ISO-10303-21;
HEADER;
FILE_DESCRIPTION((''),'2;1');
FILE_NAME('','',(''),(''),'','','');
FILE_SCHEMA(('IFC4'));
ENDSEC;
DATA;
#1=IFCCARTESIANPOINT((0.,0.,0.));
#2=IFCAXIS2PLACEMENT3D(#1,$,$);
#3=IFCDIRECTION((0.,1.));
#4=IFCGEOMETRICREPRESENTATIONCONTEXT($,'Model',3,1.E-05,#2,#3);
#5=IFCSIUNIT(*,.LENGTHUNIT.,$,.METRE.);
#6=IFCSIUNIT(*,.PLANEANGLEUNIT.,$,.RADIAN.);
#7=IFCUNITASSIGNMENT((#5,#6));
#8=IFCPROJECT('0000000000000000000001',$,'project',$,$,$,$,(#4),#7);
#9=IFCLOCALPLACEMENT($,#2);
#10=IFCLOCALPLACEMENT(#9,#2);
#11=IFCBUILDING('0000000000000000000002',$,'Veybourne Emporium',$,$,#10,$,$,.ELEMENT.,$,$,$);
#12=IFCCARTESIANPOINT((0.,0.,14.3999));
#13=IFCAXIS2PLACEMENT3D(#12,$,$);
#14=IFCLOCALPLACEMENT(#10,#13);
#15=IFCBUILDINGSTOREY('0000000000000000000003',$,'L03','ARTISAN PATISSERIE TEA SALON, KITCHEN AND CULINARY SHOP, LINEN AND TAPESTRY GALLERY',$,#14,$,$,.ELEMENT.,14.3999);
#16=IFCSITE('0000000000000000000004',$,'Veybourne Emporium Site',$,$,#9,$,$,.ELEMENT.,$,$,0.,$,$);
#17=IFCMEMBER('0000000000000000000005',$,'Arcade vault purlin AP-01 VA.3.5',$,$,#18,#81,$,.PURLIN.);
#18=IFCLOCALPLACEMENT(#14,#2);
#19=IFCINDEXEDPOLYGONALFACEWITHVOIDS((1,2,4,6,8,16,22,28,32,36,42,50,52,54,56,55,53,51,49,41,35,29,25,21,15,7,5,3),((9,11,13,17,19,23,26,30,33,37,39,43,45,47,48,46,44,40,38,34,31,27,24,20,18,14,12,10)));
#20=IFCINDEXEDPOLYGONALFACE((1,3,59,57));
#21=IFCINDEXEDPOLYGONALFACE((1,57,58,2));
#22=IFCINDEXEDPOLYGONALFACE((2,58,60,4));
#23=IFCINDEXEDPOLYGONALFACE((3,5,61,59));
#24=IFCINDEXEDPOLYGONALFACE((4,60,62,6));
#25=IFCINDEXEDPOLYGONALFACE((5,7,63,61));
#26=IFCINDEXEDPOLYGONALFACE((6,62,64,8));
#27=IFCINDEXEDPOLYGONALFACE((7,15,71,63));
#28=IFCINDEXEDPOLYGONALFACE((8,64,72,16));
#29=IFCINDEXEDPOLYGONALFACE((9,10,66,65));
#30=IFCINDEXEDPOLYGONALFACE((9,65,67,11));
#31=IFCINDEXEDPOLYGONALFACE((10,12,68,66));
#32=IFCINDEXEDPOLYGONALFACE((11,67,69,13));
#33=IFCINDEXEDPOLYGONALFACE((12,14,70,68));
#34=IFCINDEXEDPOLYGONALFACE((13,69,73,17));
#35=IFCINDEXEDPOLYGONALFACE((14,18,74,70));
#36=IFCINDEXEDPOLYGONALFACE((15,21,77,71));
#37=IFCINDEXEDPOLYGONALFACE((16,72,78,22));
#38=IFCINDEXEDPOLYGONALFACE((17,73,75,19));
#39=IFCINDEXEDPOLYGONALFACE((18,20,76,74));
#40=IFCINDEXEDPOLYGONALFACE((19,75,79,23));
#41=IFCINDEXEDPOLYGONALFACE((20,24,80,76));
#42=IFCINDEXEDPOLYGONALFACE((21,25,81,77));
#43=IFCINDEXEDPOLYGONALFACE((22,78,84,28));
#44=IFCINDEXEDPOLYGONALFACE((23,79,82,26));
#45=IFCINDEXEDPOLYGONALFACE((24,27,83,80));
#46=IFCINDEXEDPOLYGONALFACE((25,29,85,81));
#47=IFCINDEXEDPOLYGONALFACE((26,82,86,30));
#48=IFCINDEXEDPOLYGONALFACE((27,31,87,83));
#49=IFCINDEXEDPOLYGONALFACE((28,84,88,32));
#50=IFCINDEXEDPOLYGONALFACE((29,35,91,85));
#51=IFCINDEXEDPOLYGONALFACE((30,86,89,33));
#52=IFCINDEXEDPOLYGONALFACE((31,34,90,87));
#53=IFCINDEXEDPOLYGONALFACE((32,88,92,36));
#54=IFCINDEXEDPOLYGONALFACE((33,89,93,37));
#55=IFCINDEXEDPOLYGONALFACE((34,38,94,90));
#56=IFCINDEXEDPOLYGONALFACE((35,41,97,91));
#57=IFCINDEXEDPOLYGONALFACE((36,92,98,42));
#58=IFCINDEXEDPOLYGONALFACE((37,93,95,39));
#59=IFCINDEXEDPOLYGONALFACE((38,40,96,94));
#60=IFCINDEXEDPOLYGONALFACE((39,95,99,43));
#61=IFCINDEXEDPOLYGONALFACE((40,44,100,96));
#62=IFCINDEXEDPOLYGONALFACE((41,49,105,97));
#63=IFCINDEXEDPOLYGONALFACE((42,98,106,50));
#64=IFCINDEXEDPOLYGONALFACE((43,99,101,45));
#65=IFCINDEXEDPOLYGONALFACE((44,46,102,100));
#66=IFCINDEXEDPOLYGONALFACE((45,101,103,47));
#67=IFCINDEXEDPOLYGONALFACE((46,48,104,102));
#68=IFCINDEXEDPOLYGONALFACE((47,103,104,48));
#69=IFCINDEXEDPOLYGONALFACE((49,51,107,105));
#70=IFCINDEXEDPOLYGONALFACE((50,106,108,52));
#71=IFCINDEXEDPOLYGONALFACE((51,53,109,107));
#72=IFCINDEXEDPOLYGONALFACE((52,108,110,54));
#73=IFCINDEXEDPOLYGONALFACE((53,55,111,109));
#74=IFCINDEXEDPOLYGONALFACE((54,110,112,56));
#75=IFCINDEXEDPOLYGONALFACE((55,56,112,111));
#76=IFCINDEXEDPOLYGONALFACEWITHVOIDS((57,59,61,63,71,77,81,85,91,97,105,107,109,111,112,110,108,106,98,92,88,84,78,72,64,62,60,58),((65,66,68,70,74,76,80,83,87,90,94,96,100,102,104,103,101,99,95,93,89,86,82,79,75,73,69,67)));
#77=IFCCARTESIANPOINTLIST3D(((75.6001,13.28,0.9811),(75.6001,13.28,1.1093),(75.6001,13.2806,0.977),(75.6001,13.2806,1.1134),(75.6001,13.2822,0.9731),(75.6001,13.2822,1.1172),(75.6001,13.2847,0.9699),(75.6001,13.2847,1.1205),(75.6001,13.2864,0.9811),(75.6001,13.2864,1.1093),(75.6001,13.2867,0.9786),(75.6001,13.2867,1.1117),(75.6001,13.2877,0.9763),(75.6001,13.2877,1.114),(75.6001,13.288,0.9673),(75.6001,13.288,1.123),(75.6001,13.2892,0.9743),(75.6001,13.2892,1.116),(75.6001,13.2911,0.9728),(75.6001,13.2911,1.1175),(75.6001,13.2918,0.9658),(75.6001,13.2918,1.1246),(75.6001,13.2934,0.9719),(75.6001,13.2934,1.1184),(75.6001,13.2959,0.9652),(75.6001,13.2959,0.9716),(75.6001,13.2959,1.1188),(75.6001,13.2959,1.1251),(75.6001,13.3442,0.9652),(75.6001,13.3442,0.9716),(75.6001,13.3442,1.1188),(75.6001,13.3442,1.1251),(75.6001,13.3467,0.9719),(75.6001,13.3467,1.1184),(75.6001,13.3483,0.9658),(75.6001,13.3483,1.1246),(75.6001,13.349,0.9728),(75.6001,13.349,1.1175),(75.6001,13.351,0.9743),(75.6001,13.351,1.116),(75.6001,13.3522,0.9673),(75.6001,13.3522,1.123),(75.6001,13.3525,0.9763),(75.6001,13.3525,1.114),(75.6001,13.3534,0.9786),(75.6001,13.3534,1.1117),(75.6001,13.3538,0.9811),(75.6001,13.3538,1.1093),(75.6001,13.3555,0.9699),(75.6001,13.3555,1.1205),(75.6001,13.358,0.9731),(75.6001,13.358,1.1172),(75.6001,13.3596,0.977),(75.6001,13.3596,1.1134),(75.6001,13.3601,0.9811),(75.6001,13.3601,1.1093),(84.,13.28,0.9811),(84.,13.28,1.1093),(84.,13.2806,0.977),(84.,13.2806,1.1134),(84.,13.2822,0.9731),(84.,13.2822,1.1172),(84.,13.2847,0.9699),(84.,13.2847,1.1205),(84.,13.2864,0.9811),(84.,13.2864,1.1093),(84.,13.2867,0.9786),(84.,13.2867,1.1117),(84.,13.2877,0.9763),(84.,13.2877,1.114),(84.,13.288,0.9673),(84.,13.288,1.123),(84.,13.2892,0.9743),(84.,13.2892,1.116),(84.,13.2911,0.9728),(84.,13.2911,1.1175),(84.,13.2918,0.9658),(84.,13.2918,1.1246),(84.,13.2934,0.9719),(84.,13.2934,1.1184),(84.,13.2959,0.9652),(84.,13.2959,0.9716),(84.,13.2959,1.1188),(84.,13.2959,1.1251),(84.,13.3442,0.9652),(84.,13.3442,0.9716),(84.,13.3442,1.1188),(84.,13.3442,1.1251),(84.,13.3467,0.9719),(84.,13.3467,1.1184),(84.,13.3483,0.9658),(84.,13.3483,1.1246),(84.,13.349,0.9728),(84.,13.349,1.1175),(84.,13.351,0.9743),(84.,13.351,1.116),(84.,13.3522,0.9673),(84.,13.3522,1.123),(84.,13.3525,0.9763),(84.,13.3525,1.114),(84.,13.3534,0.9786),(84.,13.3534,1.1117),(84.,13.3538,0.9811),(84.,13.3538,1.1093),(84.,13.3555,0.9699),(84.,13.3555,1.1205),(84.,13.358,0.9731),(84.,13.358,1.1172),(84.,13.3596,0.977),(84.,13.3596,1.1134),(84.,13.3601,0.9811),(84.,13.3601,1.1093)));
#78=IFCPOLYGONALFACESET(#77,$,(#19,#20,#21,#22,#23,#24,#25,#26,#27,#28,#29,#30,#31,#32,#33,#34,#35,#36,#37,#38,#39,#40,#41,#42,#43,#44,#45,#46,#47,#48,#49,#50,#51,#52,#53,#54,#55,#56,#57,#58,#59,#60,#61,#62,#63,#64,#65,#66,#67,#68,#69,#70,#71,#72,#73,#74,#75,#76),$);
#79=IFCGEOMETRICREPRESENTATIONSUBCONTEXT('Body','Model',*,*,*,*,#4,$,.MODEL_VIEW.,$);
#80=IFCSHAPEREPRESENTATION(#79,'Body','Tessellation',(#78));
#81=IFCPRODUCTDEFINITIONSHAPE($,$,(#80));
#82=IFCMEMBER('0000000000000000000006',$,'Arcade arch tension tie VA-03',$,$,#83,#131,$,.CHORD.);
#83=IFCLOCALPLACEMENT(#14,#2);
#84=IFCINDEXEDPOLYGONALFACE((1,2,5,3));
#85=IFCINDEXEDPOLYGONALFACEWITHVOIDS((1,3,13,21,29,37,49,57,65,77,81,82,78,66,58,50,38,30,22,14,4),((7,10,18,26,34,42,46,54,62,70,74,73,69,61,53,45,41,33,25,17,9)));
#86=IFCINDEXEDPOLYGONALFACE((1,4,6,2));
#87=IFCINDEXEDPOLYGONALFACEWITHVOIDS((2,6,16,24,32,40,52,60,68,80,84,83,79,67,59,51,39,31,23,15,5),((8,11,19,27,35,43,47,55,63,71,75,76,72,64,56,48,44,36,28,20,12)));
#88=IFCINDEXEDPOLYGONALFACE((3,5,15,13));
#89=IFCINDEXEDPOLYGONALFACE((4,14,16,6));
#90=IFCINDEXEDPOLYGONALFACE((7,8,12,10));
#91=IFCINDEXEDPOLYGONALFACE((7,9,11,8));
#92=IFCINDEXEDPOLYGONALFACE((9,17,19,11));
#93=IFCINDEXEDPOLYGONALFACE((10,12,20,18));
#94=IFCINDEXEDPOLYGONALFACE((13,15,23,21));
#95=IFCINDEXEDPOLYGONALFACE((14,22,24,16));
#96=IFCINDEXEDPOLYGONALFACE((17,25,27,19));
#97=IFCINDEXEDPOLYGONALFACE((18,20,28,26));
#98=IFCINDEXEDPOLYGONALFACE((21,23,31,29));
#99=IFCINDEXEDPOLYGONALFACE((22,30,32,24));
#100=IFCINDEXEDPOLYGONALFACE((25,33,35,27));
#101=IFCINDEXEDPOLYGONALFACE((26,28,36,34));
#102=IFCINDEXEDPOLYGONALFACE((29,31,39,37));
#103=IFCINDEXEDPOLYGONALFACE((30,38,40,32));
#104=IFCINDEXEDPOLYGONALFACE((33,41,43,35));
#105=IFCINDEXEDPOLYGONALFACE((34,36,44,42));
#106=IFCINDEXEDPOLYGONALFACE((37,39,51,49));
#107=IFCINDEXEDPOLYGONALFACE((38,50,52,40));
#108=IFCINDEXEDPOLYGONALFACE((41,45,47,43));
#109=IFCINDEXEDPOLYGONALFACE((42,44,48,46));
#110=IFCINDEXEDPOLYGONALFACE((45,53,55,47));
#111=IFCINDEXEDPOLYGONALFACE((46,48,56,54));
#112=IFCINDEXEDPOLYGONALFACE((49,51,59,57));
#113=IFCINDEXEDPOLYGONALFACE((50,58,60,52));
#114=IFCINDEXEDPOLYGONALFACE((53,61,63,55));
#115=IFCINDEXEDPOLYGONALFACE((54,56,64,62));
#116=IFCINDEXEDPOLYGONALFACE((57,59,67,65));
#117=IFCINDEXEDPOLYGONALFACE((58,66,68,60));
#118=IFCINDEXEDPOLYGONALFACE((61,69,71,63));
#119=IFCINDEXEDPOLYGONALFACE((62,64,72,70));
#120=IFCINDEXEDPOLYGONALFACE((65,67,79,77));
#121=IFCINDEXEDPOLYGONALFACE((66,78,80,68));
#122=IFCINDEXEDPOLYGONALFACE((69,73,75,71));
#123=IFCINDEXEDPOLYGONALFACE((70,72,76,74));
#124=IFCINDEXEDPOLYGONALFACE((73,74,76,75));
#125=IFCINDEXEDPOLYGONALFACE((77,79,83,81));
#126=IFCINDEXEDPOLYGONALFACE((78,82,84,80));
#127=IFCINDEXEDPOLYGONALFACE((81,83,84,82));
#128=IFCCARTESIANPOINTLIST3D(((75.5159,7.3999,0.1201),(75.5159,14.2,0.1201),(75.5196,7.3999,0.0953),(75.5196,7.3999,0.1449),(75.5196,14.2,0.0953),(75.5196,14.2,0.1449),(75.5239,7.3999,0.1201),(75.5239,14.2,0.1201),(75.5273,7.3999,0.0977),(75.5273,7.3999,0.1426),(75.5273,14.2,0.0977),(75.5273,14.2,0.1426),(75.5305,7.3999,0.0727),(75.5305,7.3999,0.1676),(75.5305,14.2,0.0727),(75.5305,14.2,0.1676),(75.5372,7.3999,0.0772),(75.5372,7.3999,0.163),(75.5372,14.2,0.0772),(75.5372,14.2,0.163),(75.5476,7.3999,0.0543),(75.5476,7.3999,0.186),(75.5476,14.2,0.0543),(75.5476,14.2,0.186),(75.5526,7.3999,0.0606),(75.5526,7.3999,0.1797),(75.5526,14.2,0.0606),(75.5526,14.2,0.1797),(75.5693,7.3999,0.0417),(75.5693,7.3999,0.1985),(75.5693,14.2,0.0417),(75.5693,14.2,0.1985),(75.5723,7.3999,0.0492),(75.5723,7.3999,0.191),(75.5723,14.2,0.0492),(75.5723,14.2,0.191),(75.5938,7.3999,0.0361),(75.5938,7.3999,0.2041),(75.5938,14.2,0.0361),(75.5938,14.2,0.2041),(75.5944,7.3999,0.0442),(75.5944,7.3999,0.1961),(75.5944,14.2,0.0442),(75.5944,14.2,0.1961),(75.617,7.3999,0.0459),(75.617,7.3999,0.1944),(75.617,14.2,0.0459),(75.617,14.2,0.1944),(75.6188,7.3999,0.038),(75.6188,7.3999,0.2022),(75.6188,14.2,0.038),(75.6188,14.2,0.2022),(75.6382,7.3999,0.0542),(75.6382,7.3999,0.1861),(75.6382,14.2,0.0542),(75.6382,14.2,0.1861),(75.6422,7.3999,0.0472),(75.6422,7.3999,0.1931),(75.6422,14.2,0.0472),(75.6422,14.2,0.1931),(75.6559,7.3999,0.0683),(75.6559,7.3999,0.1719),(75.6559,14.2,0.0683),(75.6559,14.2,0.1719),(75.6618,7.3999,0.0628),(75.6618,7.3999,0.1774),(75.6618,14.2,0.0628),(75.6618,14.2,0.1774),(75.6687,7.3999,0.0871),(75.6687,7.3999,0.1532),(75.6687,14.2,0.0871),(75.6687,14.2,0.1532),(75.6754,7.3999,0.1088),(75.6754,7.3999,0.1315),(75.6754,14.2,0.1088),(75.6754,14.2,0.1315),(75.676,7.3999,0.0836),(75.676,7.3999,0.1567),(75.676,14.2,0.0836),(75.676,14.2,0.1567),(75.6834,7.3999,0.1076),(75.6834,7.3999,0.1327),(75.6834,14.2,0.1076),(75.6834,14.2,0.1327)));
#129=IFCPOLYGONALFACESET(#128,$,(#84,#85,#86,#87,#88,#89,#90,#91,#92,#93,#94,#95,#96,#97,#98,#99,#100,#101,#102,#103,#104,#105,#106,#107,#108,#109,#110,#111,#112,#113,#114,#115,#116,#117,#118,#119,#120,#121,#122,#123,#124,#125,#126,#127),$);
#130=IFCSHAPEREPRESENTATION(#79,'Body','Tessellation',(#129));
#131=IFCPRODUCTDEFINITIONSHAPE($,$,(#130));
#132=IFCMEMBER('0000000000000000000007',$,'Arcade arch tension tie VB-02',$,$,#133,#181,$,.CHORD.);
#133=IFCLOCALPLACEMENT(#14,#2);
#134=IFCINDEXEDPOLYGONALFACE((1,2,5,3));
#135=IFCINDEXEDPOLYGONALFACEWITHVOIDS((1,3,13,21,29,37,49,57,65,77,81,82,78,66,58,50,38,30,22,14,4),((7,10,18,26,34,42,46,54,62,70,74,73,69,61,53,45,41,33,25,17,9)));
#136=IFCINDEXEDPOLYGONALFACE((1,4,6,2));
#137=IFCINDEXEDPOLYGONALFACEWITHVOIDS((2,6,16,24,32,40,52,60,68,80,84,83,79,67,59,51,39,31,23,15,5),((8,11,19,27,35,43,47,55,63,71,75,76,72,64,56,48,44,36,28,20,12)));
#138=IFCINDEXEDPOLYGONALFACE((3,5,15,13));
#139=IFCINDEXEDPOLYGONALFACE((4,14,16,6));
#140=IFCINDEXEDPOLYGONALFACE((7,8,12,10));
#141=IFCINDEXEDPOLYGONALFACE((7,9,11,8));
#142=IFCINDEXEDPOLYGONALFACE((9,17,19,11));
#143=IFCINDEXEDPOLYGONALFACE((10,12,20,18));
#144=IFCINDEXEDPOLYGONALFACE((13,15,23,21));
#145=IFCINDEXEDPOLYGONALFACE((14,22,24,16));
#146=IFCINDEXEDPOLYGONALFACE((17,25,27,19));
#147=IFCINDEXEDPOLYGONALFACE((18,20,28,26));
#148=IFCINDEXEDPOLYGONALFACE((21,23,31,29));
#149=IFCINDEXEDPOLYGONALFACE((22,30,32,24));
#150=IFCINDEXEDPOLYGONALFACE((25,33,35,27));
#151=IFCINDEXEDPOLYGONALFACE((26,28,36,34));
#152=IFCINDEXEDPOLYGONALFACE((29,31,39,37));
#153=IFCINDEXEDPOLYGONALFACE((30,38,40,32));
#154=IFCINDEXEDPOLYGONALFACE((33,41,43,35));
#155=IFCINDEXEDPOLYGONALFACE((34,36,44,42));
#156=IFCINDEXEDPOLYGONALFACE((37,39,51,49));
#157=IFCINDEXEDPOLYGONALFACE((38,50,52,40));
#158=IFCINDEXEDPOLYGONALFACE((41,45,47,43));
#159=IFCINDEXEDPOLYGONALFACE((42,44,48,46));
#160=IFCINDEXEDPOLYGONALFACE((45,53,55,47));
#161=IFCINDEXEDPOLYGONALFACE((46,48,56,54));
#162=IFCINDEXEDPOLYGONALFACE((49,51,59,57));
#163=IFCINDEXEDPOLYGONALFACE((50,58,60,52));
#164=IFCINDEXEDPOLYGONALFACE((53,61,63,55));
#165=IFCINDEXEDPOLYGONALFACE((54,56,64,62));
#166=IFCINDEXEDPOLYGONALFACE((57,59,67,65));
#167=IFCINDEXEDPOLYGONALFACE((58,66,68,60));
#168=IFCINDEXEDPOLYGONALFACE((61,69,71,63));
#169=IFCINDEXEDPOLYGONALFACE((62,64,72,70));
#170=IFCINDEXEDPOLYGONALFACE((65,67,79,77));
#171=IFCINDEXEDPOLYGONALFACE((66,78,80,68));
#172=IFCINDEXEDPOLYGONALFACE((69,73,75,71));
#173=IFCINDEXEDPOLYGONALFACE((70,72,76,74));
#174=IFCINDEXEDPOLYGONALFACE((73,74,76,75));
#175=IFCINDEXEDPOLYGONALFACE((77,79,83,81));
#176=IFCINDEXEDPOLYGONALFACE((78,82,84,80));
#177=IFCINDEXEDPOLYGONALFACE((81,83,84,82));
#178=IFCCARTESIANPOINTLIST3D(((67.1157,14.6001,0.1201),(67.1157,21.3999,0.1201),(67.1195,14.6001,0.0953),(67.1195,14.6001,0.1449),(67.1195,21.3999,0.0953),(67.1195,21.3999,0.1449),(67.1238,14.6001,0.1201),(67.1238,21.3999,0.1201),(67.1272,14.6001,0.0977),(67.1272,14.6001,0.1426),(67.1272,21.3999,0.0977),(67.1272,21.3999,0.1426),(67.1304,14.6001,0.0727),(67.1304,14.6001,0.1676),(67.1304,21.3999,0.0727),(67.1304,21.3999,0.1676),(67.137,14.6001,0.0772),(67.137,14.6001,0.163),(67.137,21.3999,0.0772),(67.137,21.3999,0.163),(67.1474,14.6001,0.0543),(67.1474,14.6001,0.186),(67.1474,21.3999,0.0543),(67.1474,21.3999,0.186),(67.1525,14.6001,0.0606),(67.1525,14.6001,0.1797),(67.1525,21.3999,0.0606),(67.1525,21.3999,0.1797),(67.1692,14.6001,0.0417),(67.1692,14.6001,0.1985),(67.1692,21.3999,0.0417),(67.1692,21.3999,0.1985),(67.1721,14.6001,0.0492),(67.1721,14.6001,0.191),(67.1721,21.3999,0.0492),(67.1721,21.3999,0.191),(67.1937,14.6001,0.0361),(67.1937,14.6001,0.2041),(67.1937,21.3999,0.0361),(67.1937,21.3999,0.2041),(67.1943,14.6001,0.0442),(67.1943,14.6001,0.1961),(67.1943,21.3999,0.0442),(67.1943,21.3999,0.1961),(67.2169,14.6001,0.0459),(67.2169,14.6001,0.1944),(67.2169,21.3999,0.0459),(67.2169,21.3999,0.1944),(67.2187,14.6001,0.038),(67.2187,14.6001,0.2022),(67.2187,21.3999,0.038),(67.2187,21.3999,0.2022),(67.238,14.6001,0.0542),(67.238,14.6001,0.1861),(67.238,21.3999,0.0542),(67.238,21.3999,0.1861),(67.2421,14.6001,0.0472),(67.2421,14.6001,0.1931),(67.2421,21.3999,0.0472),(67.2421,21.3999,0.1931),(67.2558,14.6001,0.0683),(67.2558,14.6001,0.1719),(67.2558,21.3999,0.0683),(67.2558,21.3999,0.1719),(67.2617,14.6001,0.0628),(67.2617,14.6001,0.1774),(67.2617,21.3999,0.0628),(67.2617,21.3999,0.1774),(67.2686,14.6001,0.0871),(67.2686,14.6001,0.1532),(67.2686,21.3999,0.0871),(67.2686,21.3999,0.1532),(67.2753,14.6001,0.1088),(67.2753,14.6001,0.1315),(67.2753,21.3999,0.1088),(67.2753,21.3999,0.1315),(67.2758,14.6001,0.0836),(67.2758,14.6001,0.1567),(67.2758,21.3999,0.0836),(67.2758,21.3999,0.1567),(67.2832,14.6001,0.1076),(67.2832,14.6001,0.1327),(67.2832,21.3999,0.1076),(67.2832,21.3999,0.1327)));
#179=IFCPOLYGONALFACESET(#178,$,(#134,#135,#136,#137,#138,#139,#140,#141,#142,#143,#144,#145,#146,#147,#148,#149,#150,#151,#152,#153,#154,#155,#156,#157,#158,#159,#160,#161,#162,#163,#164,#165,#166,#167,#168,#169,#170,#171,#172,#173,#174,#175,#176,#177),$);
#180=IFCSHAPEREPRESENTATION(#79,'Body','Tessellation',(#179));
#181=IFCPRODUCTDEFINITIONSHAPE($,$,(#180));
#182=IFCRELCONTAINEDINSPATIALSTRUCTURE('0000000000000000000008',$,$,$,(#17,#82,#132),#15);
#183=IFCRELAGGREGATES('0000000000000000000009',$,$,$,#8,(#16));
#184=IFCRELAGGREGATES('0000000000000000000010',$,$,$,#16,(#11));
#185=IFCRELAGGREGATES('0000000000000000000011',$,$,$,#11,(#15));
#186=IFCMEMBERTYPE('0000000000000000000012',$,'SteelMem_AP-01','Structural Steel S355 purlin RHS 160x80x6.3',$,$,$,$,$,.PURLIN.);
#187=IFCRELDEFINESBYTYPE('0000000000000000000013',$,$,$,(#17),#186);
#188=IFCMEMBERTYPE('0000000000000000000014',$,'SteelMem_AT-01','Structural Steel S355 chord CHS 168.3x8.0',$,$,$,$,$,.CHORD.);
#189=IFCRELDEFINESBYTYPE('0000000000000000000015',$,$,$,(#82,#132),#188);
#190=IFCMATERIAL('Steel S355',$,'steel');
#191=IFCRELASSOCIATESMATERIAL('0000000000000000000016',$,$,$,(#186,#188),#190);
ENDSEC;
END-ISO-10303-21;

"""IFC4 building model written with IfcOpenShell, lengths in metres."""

from ifc_helpers import new_model, si_unit, direction, frame, origin, origin_2d, place, context, subcontext, project, spatial, hollow_rectangle, hollow_circle, extrude, material, material_profile, profile_set, type_object, element, save


model = new_model("IFC4")

# Units and contexts
model_context = context("Model", 3, precision=1e-05, world=origin(), true_north=direction((0.0, 1.0)))
body_context = subcontext(model_context, "Body", "Model", "MODEL_VIEW")
ifc_project = project(units=[si_unit("LENGTHUNIT", "METRE"), si_unit("PLANEANGLEUNIT", "RADIAN")], contexts=[model_context])

# Site, building, storey
site_placement = place(None, origin())
site = spatial("IfcSite", under=ifc_project, at=site_placement, Name="Veybourne Emporium Site", CompositionType="ELEMENT", RefElevation=0.0)
building_placement = place(site_placement, origin())
building = spatial("IfcBuilding", under=site, at=building_placement, Name="Veybourne Emporium", CompositionType="ELEMENT")
storey_placement = place(building_placement, frame((0.0, 0.0, 14.3999)))
storey = spatial("IfcBuildingStorey", under=building, at=storey_placement, Name="L03", Description="ARTISAN PATISSERIE TEA SALON, KITCHEN AND CULINARY SHOP, LINEN AND TAPESTRY GALLERY", CompositionType="ELEMENT", Elevation=14.3999)

# Shared definitions
ifc_material_1 = material(Name="Steel S355", Category="steel")

# Members
ifc_material_profile_1 = material_profile(ifc_material_1, hollow_rectangle(XDim=0.0801, YDim=0.1599, WallThickness=0.0063, InnerFilletRadius=0.0095, OuterFilletRadius=0.0159, at=origin_2d()), Name="RHS 160x80x6.3")
ifc_profile_set_1 = profile_set([ifc_material_profile_1], Name="Steel S355")
member_type_1 = type_object("IfcMemberType", Name="SteelMem_AP-01", Description="Structural Steel S355 purlin RHS 160x80x6.3", PredefinedType="PURLIN", material=ifc_profile_set_1)
for number, where, z_axis, x_axis, name in (
    (1, (75.6001, 13.3201, 1.0452), (1.0, 0.0, 0.0), (0.0, 1.0, 0.0), "Arcade vault purlin AP-01 VA.3.5"),
):
    element("IfcMember", number, at=place(storey_placement, frame(where, z_axis=z_axis, x_axis=x_axis)), inside=storey, type_object=member_type_1, Name=name, PredefinedType="PURLIN", context=body_context, shape_type="SweptSolid", body=[
        extrude(hollow_rectangle(XDim=0.0801, YDim=0.1599, WallThickness=0.0063, InnerFilletRadius=0.0095, OuterFilletRadius=0.0159, at=origin_2d()), origin(), (0.0, 0.0, 1.0), 8.3999),
    ])
ifc_material_profile_2 = material_profile(ifc_material_1, hollow_circle(Radius=0.0842, WallThickness=0.0081, at=origin_2d()), Name="CHS 168.3x8.0")
ifc_profile_set_2 = profile_set([ifc_material_profile_2], Name="Steel S355")
member_type_2 = type_object("IfcMemberType", Name="SteelMem_AT-01", Description="Structural Steel S355 chord CHS 168.3x8.0", PredefinedType="CHORD", material=ifc_profile_set_2)
member_1_placement = place(storey_placement, frame((75.6001, 7.3999, 0.1201), z_axis=(0.0, 1.0, 0.0), x_axis=(-1.0, 0.0, 0.0)))
element("IfcMember", 2, at=member_1_placement, inside=storey, type_object=member_type_2, Name="Arcade arch tension tie VA-03", PredefinedType="CHORD", context=body_context, shape_type="SweptSolid", body=[
    extrude(hollow_circle(Radius=0.0842, WallThickness=0.0081, at=origin_2d()), origin(), (0.0, 0.0, 1.0), 6.8),
])
for number, where, z_axis, x_axis, name in (
    (3, (67.2, 14.6001, 0.1201), (0.0, 1.0, 0.0), (-1.0, 0.0, 0.0), "Arcade arch tension tie VB-02"),
):
    element("IfcMember", number, at=place(storey_placement, frame(where, z_axis=z_axis, x_axis=x_axis)), inside=storey, type_object=member_type_2, Name=name, PredefinedType="CHORD", context=body_context, shape_type="SweptSolid", body=[
        extrude(hollow_circle(Radius=0.0842, WallThickness=0.0081, at=origin_2d()), origin(), (0.0, 0.0, 1.0), 6.7998),
    ])

save(model, "model.ifc")
